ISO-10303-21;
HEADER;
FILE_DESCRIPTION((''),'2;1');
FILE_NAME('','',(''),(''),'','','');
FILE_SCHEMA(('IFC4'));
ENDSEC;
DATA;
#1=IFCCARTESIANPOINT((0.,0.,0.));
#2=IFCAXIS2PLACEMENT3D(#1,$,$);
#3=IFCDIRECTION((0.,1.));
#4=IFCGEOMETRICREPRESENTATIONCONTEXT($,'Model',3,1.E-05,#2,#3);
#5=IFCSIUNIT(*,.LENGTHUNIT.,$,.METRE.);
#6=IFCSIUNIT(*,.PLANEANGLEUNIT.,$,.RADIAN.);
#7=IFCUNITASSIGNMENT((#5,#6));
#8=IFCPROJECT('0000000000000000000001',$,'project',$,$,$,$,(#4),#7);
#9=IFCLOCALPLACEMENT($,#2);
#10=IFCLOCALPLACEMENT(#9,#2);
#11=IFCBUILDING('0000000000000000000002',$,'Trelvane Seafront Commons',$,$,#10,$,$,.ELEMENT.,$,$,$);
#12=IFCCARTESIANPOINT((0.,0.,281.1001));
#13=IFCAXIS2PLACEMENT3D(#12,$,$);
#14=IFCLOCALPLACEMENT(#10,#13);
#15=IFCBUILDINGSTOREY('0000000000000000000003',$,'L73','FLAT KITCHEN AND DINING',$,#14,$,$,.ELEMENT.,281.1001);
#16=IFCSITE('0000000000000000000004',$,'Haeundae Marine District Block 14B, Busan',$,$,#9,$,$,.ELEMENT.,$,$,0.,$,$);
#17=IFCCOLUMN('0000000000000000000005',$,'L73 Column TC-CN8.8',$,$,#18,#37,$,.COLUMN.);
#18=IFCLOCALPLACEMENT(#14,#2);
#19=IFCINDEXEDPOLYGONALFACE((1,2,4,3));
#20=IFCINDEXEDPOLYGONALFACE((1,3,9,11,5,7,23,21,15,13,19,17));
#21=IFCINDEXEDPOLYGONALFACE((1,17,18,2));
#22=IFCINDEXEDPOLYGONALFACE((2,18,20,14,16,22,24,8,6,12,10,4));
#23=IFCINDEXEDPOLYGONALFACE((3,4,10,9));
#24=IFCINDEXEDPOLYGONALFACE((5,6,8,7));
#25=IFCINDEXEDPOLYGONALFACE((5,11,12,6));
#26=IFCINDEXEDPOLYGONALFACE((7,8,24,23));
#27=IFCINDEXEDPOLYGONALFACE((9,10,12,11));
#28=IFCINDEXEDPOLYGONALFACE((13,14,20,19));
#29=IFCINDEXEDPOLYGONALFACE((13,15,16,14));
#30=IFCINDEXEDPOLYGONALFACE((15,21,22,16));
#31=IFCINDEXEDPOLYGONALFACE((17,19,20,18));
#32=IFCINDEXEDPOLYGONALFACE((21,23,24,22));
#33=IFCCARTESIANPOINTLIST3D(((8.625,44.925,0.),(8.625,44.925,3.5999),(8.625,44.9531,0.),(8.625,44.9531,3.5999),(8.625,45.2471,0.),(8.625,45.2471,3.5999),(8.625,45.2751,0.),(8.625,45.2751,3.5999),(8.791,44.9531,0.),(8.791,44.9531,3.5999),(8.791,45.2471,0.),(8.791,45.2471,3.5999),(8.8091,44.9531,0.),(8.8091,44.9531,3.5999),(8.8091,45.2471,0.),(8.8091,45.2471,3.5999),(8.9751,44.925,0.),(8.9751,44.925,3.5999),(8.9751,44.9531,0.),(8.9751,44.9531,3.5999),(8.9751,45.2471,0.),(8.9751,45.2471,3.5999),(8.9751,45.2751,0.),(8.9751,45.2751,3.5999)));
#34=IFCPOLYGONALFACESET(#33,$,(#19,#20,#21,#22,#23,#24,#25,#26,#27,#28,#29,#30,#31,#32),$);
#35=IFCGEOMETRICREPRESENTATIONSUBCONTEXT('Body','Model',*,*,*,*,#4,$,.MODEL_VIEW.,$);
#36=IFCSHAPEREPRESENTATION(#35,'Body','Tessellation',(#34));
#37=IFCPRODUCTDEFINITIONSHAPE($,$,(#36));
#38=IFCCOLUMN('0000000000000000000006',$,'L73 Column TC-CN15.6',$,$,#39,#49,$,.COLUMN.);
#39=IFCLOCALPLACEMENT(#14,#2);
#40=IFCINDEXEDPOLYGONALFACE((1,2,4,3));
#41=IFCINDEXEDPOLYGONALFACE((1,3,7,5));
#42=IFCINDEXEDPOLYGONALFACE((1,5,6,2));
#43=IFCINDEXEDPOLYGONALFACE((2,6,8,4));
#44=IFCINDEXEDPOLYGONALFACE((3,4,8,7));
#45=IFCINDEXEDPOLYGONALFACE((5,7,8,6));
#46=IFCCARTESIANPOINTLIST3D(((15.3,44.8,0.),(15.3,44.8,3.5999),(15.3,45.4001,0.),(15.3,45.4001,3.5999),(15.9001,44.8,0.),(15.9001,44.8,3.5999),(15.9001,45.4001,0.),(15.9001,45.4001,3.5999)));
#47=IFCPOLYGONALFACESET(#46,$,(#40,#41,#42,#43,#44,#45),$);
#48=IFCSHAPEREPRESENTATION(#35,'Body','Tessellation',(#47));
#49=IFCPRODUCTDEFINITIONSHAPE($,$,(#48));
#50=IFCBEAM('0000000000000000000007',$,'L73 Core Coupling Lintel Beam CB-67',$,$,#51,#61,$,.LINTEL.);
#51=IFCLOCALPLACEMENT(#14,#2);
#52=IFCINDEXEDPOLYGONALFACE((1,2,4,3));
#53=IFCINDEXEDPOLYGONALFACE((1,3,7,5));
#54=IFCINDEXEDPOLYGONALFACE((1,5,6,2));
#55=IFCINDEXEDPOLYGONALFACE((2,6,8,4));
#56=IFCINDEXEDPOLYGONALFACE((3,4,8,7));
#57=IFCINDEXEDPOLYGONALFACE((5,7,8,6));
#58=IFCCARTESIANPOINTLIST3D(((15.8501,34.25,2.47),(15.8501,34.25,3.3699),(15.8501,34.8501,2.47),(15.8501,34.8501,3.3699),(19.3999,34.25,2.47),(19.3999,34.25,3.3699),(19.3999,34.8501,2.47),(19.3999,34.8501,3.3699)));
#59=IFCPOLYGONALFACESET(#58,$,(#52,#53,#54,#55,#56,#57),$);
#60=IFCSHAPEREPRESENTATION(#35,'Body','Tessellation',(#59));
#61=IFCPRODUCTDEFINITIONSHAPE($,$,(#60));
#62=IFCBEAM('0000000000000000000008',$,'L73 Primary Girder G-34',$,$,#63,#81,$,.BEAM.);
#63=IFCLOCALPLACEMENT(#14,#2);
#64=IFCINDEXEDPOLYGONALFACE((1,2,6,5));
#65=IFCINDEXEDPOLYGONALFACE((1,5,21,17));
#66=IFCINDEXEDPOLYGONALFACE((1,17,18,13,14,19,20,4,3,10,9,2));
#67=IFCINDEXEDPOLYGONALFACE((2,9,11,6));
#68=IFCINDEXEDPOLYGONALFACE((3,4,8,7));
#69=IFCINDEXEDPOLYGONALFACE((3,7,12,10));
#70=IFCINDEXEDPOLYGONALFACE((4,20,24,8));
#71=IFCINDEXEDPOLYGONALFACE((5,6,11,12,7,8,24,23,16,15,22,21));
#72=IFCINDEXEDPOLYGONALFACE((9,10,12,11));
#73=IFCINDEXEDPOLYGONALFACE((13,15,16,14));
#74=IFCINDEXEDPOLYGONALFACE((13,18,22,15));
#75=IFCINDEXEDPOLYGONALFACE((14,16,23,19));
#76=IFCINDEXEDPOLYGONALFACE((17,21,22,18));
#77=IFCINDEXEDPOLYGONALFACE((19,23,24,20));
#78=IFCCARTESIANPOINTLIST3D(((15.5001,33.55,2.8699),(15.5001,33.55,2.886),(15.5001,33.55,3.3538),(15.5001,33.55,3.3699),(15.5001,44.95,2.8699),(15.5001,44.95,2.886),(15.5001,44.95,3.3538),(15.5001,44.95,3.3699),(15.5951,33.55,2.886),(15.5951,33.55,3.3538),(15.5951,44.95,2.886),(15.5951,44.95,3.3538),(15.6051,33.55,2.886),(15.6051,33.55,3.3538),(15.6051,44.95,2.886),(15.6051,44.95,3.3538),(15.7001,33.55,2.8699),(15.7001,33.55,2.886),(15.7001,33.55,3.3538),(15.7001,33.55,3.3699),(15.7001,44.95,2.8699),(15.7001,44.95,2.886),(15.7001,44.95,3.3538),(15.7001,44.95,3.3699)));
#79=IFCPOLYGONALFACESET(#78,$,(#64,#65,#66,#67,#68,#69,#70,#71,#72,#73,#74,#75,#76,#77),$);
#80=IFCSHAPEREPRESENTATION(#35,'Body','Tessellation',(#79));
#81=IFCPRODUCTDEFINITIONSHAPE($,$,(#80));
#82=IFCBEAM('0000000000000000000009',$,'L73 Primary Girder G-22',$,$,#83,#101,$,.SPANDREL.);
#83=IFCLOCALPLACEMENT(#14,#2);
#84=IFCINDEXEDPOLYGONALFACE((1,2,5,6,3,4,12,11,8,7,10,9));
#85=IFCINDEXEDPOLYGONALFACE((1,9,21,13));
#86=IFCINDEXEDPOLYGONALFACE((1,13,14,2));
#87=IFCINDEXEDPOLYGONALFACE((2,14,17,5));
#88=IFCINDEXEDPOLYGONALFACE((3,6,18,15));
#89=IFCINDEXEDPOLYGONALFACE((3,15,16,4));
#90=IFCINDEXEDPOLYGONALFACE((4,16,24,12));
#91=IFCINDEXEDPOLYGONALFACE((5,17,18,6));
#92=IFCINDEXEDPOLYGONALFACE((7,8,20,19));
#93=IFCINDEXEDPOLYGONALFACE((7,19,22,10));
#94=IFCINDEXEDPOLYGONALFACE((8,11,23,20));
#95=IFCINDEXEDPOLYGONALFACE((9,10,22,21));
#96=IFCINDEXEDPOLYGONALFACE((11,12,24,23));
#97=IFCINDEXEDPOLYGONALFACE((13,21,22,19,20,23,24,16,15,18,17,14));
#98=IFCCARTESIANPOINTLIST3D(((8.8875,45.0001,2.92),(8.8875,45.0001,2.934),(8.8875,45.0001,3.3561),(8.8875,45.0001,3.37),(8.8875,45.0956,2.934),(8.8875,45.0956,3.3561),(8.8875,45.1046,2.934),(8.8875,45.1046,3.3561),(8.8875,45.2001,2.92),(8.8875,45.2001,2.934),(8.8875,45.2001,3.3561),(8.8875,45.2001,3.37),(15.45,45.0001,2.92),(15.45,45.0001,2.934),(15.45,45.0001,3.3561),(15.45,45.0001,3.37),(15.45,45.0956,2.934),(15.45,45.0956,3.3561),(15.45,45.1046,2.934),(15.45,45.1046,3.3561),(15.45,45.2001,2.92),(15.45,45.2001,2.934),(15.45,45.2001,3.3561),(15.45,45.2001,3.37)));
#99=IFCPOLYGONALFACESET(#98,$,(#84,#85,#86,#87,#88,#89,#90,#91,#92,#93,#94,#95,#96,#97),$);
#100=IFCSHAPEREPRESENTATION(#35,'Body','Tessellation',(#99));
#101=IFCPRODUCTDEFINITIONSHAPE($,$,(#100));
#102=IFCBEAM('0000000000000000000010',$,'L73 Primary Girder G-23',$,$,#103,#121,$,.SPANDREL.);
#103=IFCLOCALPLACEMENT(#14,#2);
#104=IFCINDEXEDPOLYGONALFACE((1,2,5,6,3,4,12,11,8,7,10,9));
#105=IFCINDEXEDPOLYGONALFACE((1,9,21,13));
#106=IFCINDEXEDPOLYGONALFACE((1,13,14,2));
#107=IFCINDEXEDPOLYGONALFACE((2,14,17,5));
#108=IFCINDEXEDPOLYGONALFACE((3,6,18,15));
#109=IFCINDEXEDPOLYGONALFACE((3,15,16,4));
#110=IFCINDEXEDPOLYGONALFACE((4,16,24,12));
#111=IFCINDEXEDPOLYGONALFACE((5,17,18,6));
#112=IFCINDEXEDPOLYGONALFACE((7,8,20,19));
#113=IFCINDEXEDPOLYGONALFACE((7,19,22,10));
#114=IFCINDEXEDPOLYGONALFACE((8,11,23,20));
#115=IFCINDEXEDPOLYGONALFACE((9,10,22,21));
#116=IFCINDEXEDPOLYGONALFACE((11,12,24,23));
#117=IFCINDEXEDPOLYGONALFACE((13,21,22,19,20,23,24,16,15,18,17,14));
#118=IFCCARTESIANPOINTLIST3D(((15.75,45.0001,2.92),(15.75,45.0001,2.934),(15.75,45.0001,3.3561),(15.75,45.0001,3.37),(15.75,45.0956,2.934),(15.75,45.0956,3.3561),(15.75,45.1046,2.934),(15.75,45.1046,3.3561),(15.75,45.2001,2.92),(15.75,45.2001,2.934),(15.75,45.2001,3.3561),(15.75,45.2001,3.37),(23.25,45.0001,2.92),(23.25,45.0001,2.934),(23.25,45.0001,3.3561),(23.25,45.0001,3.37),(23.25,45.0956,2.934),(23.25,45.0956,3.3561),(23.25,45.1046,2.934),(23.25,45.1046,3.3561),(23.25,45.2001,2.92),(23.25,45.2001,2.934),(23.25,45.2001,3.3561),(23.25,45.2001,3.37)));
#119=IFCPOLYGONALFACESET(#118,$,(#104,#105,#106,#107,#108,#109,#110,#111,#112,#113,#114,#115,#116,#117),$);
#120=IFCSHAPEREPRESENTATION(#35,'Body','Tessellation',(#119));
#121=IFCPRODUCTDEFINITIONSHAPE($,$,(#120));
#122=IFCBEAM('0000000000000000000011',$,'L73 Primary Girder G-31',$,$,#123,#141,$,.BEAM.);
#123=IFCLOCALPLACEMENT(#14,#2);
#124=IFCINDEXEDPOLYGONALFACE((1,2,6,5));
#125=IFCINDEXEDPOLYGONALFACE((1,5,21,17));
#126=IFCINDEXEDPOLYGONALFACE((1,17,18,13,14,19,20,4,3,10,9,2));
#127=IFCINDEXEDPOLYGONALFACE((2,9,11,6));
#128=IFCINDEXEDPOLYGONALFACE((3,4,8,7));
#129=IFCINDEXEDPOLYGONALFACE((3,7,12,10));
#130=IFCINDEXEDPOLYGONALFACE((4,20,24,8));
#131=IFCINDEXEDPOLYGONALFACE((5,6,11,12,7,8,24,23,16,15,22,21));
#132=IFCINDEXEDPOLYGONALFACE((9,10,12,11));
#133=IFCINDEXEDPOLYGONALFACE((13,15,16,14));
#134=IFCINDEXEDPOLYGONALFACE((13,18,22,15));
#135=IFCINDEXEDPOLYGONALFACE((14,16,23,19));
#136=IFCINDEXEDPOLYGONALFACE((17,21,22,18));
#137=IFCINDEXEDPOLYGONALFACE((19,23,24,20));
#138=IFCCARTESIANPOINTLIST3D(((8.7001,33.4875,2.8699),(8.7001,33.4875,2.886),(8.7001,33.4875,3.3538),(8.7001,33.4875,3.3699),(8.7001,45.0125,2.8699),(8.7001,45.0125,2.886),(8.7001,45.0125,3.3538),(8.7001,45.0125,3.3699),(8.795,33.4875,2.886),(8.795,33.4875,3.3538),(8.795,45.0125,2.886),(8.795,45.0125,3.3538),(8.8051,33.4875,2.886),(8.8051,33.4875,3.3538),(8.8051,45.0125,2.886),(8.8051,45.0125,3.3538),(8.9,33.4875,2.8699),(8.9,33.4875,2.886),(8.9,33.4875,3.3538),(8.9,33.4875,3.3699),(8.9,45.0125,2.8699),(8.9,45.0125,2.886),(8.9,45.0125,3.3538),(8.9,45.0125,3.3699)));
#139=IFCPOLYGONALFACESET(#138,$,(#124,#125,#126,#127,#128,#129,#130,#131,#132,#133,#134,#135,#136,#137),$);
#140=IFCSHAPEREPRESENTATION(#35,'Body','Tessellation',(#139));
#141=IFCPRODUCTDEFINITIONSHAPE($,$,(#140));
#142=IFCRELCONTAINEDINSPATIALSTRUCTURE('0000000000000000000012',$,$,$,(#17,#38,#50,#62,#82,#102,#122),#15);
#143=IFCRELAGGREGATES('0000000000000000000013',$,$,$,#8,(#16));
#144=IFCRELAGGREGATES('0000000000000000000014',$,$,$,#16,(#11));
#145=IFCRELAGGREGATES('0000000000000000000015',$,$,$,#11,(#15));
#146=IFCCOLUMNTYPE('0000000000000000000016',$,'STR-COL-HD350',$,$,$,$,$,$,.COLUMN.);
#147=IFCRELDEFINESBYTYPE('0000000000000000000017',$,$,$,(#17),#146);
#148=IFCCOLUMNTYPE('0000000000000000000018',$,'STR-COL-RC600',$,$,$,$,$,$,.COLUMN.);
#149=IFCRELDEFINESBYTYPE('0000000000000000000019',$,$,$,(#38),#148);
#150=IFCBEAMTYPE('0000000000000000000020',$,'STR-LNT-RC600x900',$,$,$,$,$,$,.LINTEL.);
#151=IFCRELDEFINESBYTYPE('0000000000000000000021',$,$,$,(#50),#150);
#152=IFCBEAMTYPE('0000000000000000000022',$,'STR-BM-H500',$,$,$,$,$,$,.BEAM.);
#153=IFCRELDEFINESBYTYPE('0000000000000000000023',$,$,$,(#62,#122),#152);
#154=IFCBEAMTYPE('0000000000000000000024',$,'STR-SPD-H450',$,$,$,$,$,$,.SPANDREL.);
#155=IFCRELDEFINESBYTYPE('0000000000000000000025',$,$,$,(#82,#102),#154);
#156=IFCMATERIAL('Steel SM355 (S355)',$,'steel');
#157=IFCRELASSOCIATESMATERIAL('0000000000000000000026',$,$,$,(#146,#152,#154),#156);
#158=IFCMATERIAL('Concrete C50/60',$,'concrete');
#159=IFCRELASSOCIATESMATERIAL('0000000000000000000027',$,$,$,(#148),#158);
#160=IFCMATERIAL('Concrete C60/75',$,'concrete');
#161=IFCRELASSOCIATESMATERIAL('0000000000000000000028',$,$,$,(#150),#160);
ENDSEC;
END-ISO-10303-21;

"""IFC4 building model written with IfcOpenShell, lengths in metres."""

from ifc_helpers import new_model, si_unit, direction, frame, origin, origin_2d, place, context, subcontext, project, spatial, rectangle, i_section, extrude, source, transform, mapped, material, material_profile, profile_set, type_object, element, save


model = new_model("IFC4")

# Units and contexts
model_context = context("Model", 3, precision=1e-05, world=origin(), true_north=direction((0.0, 1.0)))
body_context = subcontext(model_context, "Body", "Model", "MODEL_VIEW")
ifc_project = project(units=[si_unit("LENGTHUNIT", "METRE"), si_unit("PLANEANGLEUNIT", "RADIAN")], contexts=[model_context])

# Site, building, storey
site_placement = place(None, origin())
site = spatial("IfcSite", under=ifc_project, at=site_placement, Name="Haeundae Marine District Block 14B, Busan", CompositionType="ELEMENT", RefElevation=0.0)
building_placement = place(site_placement, origin())
building = spatial("IfcBuilding", under=site, at=building_placement, Name="Trelvane Seafront Commons", CompositionType="ELEMENT")
storey_placement = place(building_placement, frame((0.0, 0.0, 281.1001)))
storey = spatial("IfcBuildingStorey", under=building, at=storey_placement, Name="L73", Description="FLAT KITCHEN AND DINING", CompositionType="ELEMENT", Elevation=281.1001)

# Columns
ifc_material_1 = material(Name="Steel SM355 (S355)", Category="steel")
ifc_material_profile_1 = material_profile(ifc_material_1, i_section(OverallWidth=0.3501, OverallDepth=0.3501, WebThickness=0.0181, FlangeThickness=0.0281, at=origin_2d()), Name="HD-350x350x18x28")
ifc_profile_set_1 = profile_set([ifc_material_profile_1], Name="Steel SM355 (S355)")
column_type_1 = type_object("IfcColumnType", Name="STR-COL-HD350", PredefinedType="COLUMN", material=ifc_profile_set_1)
shared_shape_1 = source(origin(), body_context, "Body", "SweptSolid", [
    extrude(i_section(OverallWidth=0.3501, OverallDepth=0.3501, WebThickness=0.0181, FlangeThickness=0.0281, at=origin_2d()), origin(), (0.0, 0.0, 1.0), 3.5999),
])
column_1_placement = place(storey_placement, frame((8.8, 45.1001, 0.0), z_axis=(0.0, 0.0, 1.0), x_axis=(1.0, 0.0, 0.0)))
element("IfcColumn", 1, at=column_1_placement, inside=storey, type_object=column_type_1, Name="L73 Column TC-CN8.8", PredefinedType="COLUMN", context=body_context, shape_type="MappedRepresentation", body=[
    mapped(shared_shape_1, transform((0.0, 0.0, 0.0), x_axis=(1.0, 0.0, 0.0), y_axis=(0.0, 1.0, 0.0), z_axis=(0.0, 0.0, 1.0), scale=1.0)),
])
ifc_material_2 = material(Name="Concrete C50/60", Category="concrete")
ifc_material_profile_2 = material_profile(ifc_material_2, rectangle(XDim=0.6001, YDim=0.6001, at=origin_2d()), Name="RC-600x600")
ifc_profile_set_2 = profile_set([ifc_material_profile_2], Name="Concrete C50/60")
column_type_2 = type_object("IfcColumnType", Name="STR-COL-RC600", PredefinedType="COLUMN", material=ifc_profile_set_2)
shared_shape_2 = source(origin(), body_context, "Body", "SweptSolid", [
    extrude(rectangle(XDim=0.6001, YDim=0.6001, at=origin_2d()), origin(), (0.0, 0.0, 1.0), 3.5999),
])
column_2_placement = place(storey_placement, frame((15.6001, 45.1001, 0.0), z_axis=(0.0, 0.0, 1.0), x_axis=(1.0, 0.0, 0.0)))
element("IfcColumn", 2, at=column_2_placement, inside=storey, type_object=column_type_2, Name="L73 Column TC-CN15.6", PredefinedType="COLUMN", context=body_context, shape_type="MappedRepresentation", body=[
    mapped(shared_shape_2, transform((0.0, 0.0, 0.0), x_axis=(1.0, 0.0, 0.0), y_axis=(0.0, 1.0, 0.0), z_axis=(0.0, 0.0, 1.0), scale=1.0)),
])

# Beams
ifc_material_3 = material(Name="Concrete C60/75", Category="concrete")
ifc_material_profile_3 = material_profile(ifc_material_3, rectangle(XDim=0.6001, YDim=0.8999, at=origin_2d()), Name="RC-600x900")
ifc_profile_set_3 = profile_set([ifc_material_profile_3], Name="Concrete C60/75")
beam_type_1 = type_object("IfcBeamType", Name="STR-LNT-RC600x900", PredefinedType="LINTEL", material=ifc_profile_set_3)
shared_shape_3 = source(origin(), body_context, "Body", "SweptSolid", [
    extrude(rectangle(XDim=0.6001, YDim=0.8999, at=origin_2d()), origin(), (0.0, 0.0, 1.0), 3.5498),
])
beam_1_placement = place(storey_placement, frame((15.8501, 34.55, 2.9199), z_axis=(1.0, 0.0, 0.0), x_axis=(0.0, 1.0, 0.0)))
element("IfcBeam", 3, at=beam_1_placement, inside=storey, type_object=beam_type_1, Name="L73 Core Coupling Lintel Beam CB-67", PredefinedType="LINTEL", context=body_context, shape_type="MappedRepresentation", body=[
    mapped(shared_shape_3, transform((0.0, 0.0, 0.0), x_axis=(1.0, 0.0, 0.0), y_axis=(0.0, 1.0, 0.0), z_axis=(0.0, 0.0, 1.0), scale=1.0)),
])
ifc_material_profile_4 = material_profile(ifc_material_1, i_section(OverallWidth=0.2, OverallDepth=0.5, WebThickness=0.01, FlangeThickness=0.0161, at=origin_2d()), Name="H-500x200x10x16")
ifc_profile_set_4 = profile_set([ifc_material_profile_4], Name="Steel SM355 (S355)")
beam_type_2 = type_object("IfcBeamType", Name="STR-BM-H500", PredefinedType="BEAM", material=ifc_profile_set_4)
shared_shape_4 = source(origin(), body_context, "Body", "SweptSolid", [
    extrude(i_section(OverallWidth=0.2, OverallDepth=0.5, WebThickness=0.01, FlangeThickness=0.0161, at=origin_2d()), origin(), (0.0, 0.0, 1.0), 11.3999),
])
beam_2_placement = place(storey_placement, frame((15.6001, 33.55, 3.1199), z_axis=(0.0, 1.0, 0.0), x_axis=(-1.0, 0.0, 0.0)))
element("IfcBeam", 4, at=beam_2_placement, inside=storey, type_object=beam_type_2, Name="L73 Primary Girder G-34", PredefinedType="BEAM", context=body_context, shape_type="MappedRepresentation", body=[
    mapped(shared_shape_4, transform((0.0, 0.0, 0.0), x_axis=(1.0, 0.0, 0.0), y_axis=(0.0, 1.0, 0.0), z_axis=(0.0, 0.0, 1.0), scale=1.0)),
])
ifc_material_profile_5 = material_profile(ifc_material_1, i_section(OverallWidth=0.2, OverallDepth=0.45, WebThickness=0.009, FlangeThickness=0.0139, at=origin_2d()), Name="H-450x200x9x14")
ifc_profile_set_5 = profile_set([ifc_material_profile_5], Name="Steel SM355 (S355)")
beam_type_3 = type_object("IfcBeamType", Name="STR-SPD-H450", PredefinedType="SPANDREL", material=ifc_profile_set_5)
shared_shape_5 = source(origin(), body_context, "Body", "SweptSolid", [
    extrude(i_section(OverallWidth=0.2, OverallDepth=0.45, WebThickness=0.009, FlangeThickness=0.0139, at=origin_2d()), origin(), (0.0, 0.0, 1.0), 6.5625),
])
beam_3_placement = place(storey_placement, frame((8.8875, 45.1001, 3.145), z_axis=(1.0, 0.0, 0.0), x_axis=(0.0, 1.0, 0.0)))
element("IfcBeam", 5, at=beam_3_placement, inside=storey, type_object=beam_type_3, Name="L73 Primary Girder G-22", PredefinedType="SPANDREL", context=body_context, shape_type="MappedRepresentation", body=[
    mapped(shared_shape_5, transform((0.0, 0.0, 0.0), x_axis=(1.0, 0.0, 0.0), y_axis=(0.0, 1.0, 0.0), z_axis=(0.0, 0.0, 1.0), scale=1.0)),
])
shared_shape_6 = source(origin(), body_context, "Body", "SweptSolid", [
    extrude(i_section(OverallWidth=0.2, OverallDepth=0.45, WebThickness=0.009, FlangeThickness=0.0139, at=origin_2d()), origin(), (0.0, 0.0, 1.0), 7.5),
])
beam_4_placement = place(storey_placement, frame((15.75, 45.1001, 3.145), z_axis=(1.0, 0.0, 0.0), x_axis=(0.0, 1.0, 0.0)))
element("IfcBeam", 6, at=beam_4_placement, inside=storey, type_object=beam_type_3, Name="L73 Primary Girder G-23", PredefinedType="SPANDREL", context=body_context, shape_type="MappedRepresentation", body=[
    mapped(shared_shape_6, transform((0.0, 0.0, 0.0), x_axis=(1.0, 0.0, 0.0), y_axis=(0.0, 1.0, 0.0), z_axis=(0.0, 0.0, 1.0), scale=1.0)),
])
shared_shape_7 = source(origin(), body_context, "Body", "SweptSolid", [
    extrude(i_section(OverallWidth=0.2, OverallDepth=0.5, WebThickness=0.01, FlangeThickness=0.0161, at=origin_2d()), origin(), (0.0, 0.0, 1.0), 11.5249),
])
beam_5_placement = place(storey_placement, frame((8.8, 33.4875, 3.1199), z_axis=(0.0, 1.0, 0.0), x_axis=(-1.0, 0.0, 0.0)))
element("IfcBeam", 7, at=beam_5_placement, inside=storey, type_object=beam_type_2, Name="L73 Primary Girder G-31", PredefinedType="BEAM", context=body_context, shape_type="MappedRepresentation", body=[
    mapped(shared_shape_7, transform((0.0, 0.0, 0.0), x_axis=(1.0, 0.0, 0.0), y_axis=(0.0, 1.0, 0.0), z_axis=(0.0, 0.0, 1.0), scale=1.0)),
])

save(model, "model.ifc")
